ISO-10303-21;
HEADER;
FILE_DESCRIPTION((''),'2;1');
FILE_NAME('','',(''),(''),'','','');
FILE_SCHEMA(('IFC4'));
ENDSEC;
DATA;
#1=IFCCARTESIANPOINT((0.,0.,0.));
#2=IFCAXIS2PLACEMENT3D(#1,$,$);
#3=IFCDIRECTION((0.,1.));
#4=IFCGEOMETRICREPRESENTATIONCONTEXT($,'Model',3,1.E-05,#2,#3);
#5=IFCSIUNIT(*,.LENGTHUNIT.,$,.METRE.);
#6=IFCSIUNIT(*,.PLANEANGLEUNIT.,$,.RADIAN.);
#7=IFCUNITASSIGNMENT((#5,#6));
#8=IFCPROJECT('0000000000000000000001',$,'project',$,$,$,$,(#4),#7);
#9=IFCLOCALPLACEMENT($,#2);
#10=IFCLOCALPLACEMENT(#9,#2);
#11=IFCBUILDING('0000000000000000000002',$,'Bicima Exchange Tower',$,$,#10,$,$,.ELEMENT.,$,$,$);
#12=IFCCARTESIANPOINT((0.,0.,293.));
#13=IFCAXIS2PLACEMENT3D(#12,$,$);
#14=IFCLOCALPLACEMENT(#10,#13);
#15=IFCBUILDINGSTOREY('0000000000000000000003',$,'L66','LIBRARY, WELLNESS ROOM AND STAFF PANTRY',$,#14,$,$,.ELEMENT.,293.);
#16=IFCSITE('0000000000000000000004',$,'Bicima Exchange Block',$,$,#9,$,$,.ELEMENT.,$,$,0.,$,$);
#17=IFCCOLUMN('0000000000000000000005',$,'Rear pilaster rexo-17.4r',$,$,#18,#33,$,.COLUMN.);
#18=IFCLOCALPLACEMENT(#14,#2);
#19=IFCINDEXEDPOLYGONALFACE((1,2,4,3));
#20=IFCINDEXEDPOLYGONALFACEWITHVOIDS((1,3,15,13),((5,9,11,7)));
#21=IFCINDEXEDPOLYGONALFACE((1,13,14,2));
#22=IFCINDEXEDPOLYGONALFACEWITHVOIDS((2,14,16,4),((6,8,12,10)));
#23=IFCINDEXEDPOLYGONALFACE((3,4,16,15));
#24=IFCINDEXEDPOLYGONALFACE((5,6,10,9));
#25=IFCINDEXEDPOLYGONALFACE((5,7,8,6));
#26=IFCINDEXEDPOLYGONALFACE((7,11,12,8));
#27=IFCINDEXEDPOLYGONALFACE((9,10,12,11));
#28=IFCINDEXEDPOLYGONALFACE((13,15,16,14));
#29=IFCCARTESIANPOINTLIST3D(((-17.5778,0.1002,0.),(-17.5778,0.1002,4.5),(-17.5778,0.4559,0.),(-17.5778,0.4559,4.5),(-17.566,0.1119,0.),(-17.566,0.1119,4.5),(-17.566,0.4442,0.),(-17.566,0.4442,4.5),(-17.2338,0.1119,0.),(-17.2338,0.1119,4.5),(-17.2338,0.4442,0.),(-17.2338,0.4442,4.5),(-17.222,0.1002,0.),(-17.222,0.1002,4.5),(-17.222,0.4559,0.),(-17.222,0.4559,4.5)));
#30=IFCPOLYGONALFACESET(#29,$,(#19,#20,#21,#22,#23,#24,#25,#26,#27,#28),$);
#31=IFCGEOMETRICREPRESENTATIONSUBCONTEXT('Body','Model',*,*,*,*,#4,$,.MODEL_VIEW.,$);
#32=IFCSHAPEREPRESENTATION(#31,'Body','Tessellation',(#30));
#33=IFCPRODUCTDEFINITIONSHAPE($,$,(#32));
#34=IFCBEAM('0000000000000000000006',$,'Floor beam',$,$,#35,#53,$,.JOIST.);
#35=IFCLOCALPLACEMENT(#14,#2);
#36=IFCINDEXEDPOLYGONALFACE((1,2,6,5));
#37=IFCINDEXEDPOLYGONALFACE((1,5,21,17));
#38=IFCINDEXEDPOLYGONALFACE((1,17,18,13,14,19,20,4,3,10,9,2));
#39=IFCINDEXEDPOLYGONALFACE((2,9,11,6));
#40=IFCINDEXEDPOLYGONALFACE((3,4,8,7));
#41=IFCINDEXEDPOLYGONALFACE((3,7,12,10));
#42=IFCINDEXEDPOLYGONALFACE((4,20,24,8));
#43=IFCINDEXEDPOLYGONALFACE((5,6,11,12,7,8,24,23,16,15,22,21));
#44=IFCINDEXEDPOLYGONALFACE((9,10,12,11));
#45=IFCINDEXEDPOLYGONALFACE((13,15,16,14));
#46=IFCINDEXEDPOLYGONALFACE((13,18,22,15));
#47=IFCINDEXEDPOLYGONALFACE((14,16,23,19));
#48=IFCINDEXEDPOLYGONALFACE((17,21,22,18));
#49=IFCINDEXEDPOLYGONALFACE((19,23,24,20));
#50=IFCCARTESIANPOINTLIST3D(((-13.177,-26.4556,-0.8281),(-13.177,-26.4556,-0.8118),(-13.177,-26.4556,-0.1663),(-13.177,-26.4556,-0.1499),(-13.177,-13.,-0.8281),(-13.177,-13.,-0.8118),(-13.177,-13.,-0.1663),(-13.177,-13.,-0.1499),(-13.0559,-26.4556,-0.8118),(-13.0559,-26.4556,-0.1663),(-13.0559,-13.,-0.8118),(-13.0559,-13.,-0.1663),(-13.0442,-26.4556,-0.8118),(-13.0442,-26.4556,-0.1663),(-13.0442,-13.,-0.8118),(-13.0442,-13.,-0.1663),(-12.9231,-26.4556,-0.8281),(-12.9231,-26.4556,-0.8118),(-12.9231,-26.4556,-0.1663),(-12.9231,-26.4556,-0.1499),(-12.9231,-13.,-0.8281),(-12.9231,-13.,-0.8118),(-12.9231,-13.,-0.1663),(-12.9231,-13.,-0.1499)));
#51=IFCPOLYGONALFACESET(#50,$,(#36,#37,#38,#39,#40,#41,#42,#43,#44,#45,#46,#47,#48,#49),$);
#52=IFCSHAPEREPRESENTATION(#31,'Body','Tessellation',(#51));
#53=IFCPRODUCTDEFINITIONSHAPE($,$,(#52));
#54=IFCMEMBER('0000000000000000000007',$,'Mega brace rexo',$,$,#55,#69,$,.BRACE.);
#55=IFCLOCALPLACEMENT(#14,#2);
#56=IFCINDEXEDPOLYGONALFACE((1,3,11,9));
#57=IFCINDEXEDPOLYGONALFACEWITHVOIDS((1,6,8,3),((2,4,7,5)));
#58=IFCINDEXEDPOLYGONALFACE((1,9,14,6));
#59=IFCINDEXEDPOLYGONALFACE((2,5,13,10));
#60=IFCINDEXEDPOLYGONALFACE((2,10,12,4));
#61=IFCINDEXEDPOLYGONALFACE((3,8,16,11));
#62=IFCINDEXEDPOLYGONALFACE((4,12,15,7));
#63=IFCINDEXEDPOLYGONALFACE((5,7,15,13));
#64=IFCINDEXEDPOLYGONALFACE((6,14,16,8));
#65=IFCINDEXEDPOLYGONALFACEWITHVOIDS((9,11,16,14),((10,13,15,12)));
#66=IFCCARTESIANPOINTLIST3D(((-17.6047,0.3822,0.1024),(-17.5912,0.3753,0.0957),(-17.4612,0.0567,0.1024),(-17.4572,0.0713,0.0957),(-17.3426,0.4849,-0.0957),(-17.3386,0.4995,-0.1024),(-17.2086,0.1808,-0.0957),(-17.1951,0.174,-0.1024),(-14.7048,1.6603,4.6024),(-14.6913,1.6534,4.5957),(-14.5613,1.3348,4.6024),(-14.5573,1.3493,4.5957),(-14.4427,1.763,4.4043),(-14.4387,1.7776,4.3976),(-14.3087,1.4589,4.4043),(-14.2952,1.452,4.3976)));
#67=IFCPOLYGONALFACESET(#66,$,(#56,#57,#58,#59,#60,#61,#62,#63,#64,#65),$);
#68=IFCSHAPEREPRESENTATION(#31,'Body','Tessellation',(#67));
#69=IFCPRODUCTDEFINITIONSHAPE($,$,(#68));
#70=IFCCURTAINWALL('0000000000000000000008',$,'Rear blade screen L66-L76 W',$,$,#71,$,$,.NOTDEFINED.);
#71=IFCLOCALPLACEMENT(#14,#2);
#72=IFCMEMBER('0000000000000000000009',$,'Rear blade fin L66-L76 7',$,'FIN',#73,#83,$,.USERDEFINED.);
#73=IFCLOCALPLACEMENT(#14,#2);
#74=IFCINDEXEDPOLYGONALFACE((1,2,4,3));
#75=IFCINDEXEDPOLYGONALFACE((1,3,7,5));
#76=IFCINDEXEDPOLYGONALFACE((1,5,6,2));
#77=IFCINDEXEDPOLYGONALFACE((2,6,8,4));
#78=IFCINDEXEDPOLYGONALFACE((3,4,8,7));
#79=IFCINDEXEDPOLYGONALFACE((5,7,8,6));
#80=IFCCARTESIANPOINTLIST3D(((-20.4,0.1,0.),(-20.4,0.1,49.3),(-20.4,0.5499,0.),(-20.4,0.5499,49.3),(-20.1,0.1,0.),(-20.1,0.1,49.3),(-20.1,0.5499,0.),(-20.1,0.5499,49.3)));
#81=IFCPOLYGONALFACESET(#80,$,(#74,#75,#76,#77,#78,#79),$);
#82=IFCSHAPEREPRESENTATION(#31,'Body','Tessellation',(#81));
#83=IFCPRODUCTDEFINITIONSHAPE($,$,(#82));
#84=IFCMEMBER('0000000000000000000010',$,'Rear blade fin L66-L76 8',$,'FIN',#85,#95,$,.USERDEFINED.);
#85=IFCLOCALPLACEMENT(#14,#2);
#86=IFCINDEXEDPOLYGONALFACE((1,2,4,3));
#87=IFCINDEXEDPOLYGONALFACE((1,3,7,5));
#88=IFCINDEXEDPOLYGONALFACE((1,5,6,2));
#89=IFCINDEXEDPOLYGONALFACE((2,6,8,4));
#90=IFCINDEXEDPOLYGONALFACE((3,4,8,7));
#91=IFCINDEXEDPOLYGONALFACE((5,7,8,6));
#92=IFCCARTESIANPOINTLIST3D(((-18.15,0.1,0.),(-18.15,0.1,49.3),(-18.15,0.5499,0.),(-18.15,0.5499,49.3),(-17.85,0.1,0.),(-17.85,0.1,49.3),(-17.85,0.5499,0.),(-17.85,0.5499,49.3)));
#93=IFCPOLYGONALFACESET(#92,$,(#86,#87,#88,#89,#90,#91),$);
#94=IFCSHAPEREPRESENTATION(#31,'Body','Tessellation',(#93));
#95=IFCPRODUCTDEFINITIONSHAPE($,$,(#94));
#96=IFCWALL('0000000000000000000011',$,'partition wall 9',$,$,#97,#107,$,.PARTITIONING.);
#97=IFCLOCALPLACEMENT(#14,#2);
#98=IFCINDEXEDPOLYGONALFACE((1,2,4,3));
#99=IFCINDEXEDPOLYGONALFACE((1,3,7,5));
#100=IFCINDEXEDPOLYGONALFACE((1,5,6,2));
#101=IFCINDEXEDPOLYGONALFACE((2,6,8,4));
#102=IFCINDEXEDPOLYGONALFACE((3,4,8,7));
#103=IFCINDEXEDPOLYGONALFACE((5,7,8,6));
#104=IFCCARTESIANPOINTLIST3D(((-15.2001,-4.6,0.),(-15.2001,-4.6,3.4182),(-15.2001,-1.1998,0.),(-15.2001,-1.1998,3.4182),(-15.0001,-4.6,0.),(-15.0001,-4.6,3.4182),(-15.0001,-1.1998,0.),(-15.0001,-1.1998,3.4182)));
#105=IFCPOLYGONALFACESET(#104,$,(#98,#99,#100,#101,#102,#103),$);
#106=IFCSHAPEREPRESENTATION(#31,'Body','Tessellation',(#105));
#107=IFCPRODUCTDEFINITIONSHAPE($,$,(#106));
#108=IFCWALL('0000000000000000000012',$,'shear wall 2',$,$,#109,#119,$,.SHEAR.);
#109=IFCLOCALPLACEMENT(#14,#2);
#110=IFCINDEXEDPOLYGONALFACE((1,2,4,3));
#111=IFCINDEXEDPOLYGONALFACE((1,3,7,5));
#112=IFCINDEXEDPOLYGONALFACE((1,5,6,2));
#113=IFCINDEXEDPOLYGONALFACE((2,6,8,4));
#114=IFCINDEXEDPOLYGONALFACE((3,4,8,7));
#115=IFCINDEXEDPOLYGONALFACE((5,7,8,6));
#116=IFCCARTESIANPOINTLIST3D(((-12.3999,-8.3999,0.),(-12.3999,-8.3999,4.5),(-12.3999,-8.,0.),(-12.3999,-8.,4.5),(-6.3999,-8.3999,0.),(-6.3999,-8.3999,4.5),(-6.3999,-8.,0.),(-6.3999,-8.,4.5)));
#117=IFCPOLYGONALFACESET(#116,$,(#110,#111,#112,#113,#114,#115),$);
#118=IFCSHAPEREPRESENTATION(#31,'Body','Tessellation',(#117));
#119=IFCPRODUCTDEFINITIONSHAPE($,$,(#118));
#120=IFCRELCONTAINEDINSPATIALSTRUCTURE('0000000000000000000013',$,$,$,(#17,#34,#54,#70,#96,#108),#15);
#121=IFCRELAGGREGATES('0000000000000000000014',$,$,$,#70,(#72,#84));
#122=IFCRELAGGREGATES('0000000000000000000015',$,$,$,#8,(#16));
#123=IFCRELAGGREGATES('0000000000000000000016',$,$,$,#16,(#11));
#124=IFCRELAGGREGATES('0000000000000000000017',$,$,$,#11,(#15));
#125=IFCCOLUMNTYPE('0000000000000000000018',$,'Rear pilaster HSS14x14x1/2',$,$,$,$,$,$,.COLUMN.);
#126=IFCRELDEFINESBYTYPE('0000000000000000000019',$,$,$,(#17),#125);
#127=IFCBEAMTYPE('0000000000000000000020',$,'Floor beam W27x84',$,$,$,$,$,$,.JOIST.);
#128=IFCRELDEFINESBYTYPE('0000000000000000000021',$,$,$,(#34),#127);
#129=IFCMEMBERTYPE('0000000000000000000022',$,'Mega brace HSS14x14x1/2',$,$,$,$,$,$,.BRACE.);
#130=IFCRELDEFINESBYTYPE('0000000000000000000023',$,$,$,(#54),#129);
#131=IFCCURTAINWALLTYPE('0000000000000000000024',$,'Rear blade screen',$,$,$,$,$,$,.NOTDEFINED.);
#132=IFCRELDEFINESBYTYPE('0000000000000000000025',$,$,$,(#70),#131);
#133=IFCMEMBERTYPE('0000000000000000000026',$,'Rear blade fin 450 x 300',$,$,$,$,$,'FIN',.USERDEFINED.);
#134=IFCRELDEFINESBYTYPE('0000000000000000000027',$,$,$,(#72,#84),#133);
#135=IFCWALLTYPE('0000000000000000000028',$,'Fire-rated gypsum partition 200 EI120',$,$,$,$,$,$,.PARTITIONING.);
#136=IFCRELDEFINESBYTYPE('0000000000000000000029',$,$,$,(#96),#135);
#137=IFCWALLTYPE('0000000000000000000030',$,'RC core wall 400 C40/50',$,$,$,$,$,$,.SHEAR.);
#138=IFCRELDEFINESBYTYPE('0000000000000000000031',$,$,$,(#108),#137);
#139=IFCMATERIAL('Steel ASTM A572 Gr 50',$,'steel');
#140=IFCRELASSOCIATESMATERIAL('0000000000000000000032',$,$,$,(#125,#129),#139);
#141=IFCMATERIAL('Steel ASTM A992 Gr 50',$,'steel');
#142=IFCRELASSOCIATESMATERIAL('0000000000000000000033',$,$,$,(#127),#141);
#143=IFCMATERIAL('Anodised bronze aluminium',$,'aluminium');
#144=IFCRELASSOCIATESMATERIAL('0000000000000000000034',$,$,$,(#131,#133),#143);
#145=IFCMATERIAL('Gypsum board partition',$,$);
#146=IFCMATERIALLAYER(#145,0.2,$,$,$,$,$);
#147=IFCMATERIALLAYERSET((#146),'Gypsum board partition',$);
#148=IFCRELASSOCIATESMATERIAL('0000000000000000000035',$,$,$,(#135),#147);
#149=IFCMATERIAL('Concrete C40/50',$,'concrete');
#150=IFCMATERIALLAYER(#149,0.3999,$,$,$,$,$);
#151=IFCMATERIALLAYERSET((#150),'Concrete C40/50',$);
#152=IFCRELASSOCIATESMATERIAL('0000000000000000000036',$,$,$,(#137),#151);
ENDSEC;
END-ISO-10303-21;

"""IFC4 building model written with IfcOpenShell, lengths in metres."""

from ifc_helpers import new_model, si_unit, direction, frame, frame_2d, origin, origin_2d, place, context, subcontext, project, spatial, rectangle, hollow_rectangle, i_section, extrude, material, layer, layer_set, material_profile, profile_set, type_object, element, aggregate, save


model = new_model("IFC4")

# Units and contexts
model_context = context("Model", 3, precision=1e-05, world=origin(), true_north=direction((0.0, 1.0)))
body_context = subcontext(model_context, "Body", "Model", "MODEL_VIEW")
ifc_project = project(units=[si_unit("LENGTHUNIT", "METRE"), si_unit("PLANEANGLEUNIT", "RADIAN")], contexts=[model_context])

# Site, building, storey
site_placement = place(None, origin())
site = spatial("IfcSite", under=ifc_project, at=site_placement, Name="Bicima Exchange Block", CompositionType="ELEMENT", RefElevation=0.0)
building_placement = place(site_placement, origin())
building = spatial("IfcBuilding", under=site, at=building_placement, Name="Bicima Exchange Tower", CompositionType="ELEMENT")
storey_placement = place(building_placement, frame((0.0, 0.0, 293.0)))
storey = spatial("IfcBuildingStorey", under=building, at=storey_placement, Name="L66", Description="LIBRARY, WELLNESS ROOM AND STAFF PANTRY", CompositionType="ELEMENT", Elevation=293.0)

# Column
ifc_material_1 = material(Name="Steel ASTM A572 Gr 50", Category="steel")
ifc_material_profile_1 = material_profile(ifc_material_1, hollow_rectangle(XDim=0.3557, YDim=0.3557, WallThickness=0.0117, at=origin_2d()))
ifc_profile_set_1 = profile_set([ifc_material_profile_1], Name="Steel ASTM A572 Gr 50")
column_type = type_object("IfcColumnType", Name="Rear pilaster HSS14x14x1/2", PredefinedType="COLUMN", material=ifc_profile_set_1)
column_placement = place(storey_placement, frame((-17.3999, 0.2781, 0.0), z_axis=(0.0, 0.0, 1.0), x_axis=(1.0, 0.0, 0.0)))
element("IfcColumn", 1, at=column_placement, inside=storey, type_object=column_type, Name="Rear pilaster rexo-17.4r", PredefinedType="COLUMN", context=body_context, shape_type="SweptSolid", body=[
    extrude(hollow_rectangle(XDim=0.3557, YDim=0.3557, WallThickness=0.0117, at=origin_2d()), origin(), (0.0, 0.0, 1.0), 4.5),
])

# Beam
ifc_material_2 = material(Name="Steel ASTM A992 Gr 50", Category="steel")
ifc_material_profile_2 = material_profile(ifc_material_2, i_section(OverallWidth=0.2539, OverallDepth=0.6782, WebThickness=0.0117, FlangeThickness=0.0164, at=origin_2d()))
ifc_profile_set_2 = profile_set([ifc_material_profile_2], Name="Steel ASTM A992 Gr 50")
beam_type = type_object("IfcBeamType", Name="Floor beam W27x84", PredefinedType="JOIST", material=ifc_profile_set_2)
beam_placement = place(storey_placement, frame((-13.05, -13.0, -0.489), z_axis=(0.0, -1.0, 0.0), x_axis=(1.0, 0.0, 0.0)))
element("IfcBeam", 2, at=beam_placement, inside=storey, type_object=beam_type, Name="Floor beam", PredefinedType="JOIST", context=body_context, shape_type="SweptSolid", body=[
    extrude(i_section(OverallWidth=0.2539, OverallDepth=0.6782, WebThickness=0.0117, FlangeThickness=0.0164, at=origin_2d()), origin(), (0.0, 0.0, 1.0), 13.4556),
])

# Member
member_type_1 = type_object("IfcMemberType", Name="Mega brace HSS14x14x1/2", PredefinedType="BRACE", material=ifc_profile_set_1)
member_1_placement = place(storey_placement, frame((-17.3999, 0.2781, 0.0), z_axis=(0.526881, 0.232213, 0.817602), x_axis=(-0.403299, 0.915068, 0.0)))
element("IfcMember", 3, at=member_1_placement, inside=storey, type_object=member_type_1, Name="Mega brace rexo", PredefinedType="BRACE", context=body_context, shape_type="SweptSolid", body=[
    extrude(hollow_rectangle(XDim=0.3557, YDim=0.3557, WallThickness=0.0117, at=origin_2d()), origin(), (0.0, 0.0, 1.0), 5.5039),
])

# Curtain wall, members
ifc_material_3 = material(Name="Anodised bronze aluminium", Category="aluminium")
curtain_wall_type = type_object("IfcCurtainWallType", Name="Rear blade screen", PredefinedType="NOTDEFINED", material=ifc_material_3)
curtain_wall_placement = place(storey_placement, origin())
curtain_wall = element("IfcCurtainWall", 4, at=curtain_wall_placement, inside=storey, type_object=curtain_wall_type, Name="Rear blade screen L66-L76 W", PredefinedType="NOTDEFINED")
ifc_material_profile_3 = material_profile(ifc_material_3, rectangle(XDim=0.45, YDim=0.3, at=origin_2d()))
ifc_profile_set_3 = profile_set([ifc_material_profile_3], Name="Anodised bronze aluminium")
member_type_2 = type_object("IfcMemberType", Name="Rear blade fin 450 x 300", ElementType="FIN", PredefinedType="USERDEFINED", material=ifc_profile_set_3)
member_2_placement = place(storey_placement, frame((-20.25, 0.325, 0.0), z_axis=(0.0, 0.0, 1.0), x_axis=(0.0, 1.0, 0.0)))
member_2 = element("IfcMember", 5, at=member_2_placement, type_object=member_type_2, Name="Rear blade fin L66-L76 7", ObjectType="FIN", PredefinedType="USERDEFINED", context=body_context, shape_type="SweptSolid", body=[
    extrude(rectangle(XDim=0.45, YDim=0.3, at=origin_2d()), origin(), (0.0, 0.0, 1.0), 49.3),
])
member_3_placement = place(storey_placement, frame((-18.0, 0.325, 0.0), z_axis=(0.0, 0.0, 1.0), x_axis=(0.0, 1.0, 0.0)))
member_3 = element("IfcMember", 6, at=member_3_placement, type_object=member_type_2, Name="Rear blade fin L66-L76 8", ObjectType="FIN", PredefinedType="USERDEFINED", context=body_context, shape_type="SweptSolid", body=[
    extrude(rectangle(XDim=0.45, YDim=0.3, at=origin_2d()), origin(), (0.0, 0.0, 1.0), 49.3),
])
aggregate(curtain_wall, [member_2, member_3])

# Walls
ifc_material_4 = material(Name="Gypsum board partition")
ifc_layer_1 = layer(ifc_material_4, 0.2)
ifc_layer_set_1 = layer_set([ifc_layer_1], Name="Gypsum board partition")
wall_type_1 = type_object("IfcWallType", Name="Fire-rated gypsum partition 200 EI120", PredefinedType="PARTITIONING", material=ifc_layer_set_1)
wall_1_placement = place(storey_placement, frame((-15.1001, -4.6001, 0.0), z_axis=(0.0, 0.0, 1.0), x_axis=(0.0, 1.0, 0.0)))
element("IfcWall", 7, at=wall_1_placement, inside=storey, type_object=wall_type_1, Name="partition wall 9", PredefinedType="PARTITIONING", context=body_context, shape_type="SweptSolid", body=[
    extrude(rectangle(XDim=3.4001, YDim=0.2, at=frame_2d((1.7002, 0.0))), origin(), (0.0, 0.0, 1.0), 3.4182),
])
ifc_material_5 = material(Name="Concrete C40/50", Category="concrete")
ifc_layer_2 = layer(ifc_material_5, 0.3999)
ifc_layer_set_2 = layer_set([ifc_layer_2], Name="Concrete C40/50")
wall_type_2 = type_object("IfcWallType", Name="RC core wall 400 C40/50", PredefinedType="SHEAR", material=ifc_layer_set_2)
wall_2_placement = place(storey_placement, frame((-12.3999, -8.2, 0.0), z_axis=(0.0, 0.0, 1.0), x_axis=(1.0, 0.0, 0.0)))
element("IfcWall", 8, at=wall_2_placement, inside=storey, type_object=wall_type_2, Name="shear wall 2", PredefinedType="SHEAR", context=body_context, shape_type="SweptSolid", body=[
    extrude(rectangle(XDim=6.0, YDim=0.3999, at=frame_2d((3.0, 0.0))), origin(), (0.0, 0.0, 1.0), 4.5),
])

save(model, "model.ifc")
